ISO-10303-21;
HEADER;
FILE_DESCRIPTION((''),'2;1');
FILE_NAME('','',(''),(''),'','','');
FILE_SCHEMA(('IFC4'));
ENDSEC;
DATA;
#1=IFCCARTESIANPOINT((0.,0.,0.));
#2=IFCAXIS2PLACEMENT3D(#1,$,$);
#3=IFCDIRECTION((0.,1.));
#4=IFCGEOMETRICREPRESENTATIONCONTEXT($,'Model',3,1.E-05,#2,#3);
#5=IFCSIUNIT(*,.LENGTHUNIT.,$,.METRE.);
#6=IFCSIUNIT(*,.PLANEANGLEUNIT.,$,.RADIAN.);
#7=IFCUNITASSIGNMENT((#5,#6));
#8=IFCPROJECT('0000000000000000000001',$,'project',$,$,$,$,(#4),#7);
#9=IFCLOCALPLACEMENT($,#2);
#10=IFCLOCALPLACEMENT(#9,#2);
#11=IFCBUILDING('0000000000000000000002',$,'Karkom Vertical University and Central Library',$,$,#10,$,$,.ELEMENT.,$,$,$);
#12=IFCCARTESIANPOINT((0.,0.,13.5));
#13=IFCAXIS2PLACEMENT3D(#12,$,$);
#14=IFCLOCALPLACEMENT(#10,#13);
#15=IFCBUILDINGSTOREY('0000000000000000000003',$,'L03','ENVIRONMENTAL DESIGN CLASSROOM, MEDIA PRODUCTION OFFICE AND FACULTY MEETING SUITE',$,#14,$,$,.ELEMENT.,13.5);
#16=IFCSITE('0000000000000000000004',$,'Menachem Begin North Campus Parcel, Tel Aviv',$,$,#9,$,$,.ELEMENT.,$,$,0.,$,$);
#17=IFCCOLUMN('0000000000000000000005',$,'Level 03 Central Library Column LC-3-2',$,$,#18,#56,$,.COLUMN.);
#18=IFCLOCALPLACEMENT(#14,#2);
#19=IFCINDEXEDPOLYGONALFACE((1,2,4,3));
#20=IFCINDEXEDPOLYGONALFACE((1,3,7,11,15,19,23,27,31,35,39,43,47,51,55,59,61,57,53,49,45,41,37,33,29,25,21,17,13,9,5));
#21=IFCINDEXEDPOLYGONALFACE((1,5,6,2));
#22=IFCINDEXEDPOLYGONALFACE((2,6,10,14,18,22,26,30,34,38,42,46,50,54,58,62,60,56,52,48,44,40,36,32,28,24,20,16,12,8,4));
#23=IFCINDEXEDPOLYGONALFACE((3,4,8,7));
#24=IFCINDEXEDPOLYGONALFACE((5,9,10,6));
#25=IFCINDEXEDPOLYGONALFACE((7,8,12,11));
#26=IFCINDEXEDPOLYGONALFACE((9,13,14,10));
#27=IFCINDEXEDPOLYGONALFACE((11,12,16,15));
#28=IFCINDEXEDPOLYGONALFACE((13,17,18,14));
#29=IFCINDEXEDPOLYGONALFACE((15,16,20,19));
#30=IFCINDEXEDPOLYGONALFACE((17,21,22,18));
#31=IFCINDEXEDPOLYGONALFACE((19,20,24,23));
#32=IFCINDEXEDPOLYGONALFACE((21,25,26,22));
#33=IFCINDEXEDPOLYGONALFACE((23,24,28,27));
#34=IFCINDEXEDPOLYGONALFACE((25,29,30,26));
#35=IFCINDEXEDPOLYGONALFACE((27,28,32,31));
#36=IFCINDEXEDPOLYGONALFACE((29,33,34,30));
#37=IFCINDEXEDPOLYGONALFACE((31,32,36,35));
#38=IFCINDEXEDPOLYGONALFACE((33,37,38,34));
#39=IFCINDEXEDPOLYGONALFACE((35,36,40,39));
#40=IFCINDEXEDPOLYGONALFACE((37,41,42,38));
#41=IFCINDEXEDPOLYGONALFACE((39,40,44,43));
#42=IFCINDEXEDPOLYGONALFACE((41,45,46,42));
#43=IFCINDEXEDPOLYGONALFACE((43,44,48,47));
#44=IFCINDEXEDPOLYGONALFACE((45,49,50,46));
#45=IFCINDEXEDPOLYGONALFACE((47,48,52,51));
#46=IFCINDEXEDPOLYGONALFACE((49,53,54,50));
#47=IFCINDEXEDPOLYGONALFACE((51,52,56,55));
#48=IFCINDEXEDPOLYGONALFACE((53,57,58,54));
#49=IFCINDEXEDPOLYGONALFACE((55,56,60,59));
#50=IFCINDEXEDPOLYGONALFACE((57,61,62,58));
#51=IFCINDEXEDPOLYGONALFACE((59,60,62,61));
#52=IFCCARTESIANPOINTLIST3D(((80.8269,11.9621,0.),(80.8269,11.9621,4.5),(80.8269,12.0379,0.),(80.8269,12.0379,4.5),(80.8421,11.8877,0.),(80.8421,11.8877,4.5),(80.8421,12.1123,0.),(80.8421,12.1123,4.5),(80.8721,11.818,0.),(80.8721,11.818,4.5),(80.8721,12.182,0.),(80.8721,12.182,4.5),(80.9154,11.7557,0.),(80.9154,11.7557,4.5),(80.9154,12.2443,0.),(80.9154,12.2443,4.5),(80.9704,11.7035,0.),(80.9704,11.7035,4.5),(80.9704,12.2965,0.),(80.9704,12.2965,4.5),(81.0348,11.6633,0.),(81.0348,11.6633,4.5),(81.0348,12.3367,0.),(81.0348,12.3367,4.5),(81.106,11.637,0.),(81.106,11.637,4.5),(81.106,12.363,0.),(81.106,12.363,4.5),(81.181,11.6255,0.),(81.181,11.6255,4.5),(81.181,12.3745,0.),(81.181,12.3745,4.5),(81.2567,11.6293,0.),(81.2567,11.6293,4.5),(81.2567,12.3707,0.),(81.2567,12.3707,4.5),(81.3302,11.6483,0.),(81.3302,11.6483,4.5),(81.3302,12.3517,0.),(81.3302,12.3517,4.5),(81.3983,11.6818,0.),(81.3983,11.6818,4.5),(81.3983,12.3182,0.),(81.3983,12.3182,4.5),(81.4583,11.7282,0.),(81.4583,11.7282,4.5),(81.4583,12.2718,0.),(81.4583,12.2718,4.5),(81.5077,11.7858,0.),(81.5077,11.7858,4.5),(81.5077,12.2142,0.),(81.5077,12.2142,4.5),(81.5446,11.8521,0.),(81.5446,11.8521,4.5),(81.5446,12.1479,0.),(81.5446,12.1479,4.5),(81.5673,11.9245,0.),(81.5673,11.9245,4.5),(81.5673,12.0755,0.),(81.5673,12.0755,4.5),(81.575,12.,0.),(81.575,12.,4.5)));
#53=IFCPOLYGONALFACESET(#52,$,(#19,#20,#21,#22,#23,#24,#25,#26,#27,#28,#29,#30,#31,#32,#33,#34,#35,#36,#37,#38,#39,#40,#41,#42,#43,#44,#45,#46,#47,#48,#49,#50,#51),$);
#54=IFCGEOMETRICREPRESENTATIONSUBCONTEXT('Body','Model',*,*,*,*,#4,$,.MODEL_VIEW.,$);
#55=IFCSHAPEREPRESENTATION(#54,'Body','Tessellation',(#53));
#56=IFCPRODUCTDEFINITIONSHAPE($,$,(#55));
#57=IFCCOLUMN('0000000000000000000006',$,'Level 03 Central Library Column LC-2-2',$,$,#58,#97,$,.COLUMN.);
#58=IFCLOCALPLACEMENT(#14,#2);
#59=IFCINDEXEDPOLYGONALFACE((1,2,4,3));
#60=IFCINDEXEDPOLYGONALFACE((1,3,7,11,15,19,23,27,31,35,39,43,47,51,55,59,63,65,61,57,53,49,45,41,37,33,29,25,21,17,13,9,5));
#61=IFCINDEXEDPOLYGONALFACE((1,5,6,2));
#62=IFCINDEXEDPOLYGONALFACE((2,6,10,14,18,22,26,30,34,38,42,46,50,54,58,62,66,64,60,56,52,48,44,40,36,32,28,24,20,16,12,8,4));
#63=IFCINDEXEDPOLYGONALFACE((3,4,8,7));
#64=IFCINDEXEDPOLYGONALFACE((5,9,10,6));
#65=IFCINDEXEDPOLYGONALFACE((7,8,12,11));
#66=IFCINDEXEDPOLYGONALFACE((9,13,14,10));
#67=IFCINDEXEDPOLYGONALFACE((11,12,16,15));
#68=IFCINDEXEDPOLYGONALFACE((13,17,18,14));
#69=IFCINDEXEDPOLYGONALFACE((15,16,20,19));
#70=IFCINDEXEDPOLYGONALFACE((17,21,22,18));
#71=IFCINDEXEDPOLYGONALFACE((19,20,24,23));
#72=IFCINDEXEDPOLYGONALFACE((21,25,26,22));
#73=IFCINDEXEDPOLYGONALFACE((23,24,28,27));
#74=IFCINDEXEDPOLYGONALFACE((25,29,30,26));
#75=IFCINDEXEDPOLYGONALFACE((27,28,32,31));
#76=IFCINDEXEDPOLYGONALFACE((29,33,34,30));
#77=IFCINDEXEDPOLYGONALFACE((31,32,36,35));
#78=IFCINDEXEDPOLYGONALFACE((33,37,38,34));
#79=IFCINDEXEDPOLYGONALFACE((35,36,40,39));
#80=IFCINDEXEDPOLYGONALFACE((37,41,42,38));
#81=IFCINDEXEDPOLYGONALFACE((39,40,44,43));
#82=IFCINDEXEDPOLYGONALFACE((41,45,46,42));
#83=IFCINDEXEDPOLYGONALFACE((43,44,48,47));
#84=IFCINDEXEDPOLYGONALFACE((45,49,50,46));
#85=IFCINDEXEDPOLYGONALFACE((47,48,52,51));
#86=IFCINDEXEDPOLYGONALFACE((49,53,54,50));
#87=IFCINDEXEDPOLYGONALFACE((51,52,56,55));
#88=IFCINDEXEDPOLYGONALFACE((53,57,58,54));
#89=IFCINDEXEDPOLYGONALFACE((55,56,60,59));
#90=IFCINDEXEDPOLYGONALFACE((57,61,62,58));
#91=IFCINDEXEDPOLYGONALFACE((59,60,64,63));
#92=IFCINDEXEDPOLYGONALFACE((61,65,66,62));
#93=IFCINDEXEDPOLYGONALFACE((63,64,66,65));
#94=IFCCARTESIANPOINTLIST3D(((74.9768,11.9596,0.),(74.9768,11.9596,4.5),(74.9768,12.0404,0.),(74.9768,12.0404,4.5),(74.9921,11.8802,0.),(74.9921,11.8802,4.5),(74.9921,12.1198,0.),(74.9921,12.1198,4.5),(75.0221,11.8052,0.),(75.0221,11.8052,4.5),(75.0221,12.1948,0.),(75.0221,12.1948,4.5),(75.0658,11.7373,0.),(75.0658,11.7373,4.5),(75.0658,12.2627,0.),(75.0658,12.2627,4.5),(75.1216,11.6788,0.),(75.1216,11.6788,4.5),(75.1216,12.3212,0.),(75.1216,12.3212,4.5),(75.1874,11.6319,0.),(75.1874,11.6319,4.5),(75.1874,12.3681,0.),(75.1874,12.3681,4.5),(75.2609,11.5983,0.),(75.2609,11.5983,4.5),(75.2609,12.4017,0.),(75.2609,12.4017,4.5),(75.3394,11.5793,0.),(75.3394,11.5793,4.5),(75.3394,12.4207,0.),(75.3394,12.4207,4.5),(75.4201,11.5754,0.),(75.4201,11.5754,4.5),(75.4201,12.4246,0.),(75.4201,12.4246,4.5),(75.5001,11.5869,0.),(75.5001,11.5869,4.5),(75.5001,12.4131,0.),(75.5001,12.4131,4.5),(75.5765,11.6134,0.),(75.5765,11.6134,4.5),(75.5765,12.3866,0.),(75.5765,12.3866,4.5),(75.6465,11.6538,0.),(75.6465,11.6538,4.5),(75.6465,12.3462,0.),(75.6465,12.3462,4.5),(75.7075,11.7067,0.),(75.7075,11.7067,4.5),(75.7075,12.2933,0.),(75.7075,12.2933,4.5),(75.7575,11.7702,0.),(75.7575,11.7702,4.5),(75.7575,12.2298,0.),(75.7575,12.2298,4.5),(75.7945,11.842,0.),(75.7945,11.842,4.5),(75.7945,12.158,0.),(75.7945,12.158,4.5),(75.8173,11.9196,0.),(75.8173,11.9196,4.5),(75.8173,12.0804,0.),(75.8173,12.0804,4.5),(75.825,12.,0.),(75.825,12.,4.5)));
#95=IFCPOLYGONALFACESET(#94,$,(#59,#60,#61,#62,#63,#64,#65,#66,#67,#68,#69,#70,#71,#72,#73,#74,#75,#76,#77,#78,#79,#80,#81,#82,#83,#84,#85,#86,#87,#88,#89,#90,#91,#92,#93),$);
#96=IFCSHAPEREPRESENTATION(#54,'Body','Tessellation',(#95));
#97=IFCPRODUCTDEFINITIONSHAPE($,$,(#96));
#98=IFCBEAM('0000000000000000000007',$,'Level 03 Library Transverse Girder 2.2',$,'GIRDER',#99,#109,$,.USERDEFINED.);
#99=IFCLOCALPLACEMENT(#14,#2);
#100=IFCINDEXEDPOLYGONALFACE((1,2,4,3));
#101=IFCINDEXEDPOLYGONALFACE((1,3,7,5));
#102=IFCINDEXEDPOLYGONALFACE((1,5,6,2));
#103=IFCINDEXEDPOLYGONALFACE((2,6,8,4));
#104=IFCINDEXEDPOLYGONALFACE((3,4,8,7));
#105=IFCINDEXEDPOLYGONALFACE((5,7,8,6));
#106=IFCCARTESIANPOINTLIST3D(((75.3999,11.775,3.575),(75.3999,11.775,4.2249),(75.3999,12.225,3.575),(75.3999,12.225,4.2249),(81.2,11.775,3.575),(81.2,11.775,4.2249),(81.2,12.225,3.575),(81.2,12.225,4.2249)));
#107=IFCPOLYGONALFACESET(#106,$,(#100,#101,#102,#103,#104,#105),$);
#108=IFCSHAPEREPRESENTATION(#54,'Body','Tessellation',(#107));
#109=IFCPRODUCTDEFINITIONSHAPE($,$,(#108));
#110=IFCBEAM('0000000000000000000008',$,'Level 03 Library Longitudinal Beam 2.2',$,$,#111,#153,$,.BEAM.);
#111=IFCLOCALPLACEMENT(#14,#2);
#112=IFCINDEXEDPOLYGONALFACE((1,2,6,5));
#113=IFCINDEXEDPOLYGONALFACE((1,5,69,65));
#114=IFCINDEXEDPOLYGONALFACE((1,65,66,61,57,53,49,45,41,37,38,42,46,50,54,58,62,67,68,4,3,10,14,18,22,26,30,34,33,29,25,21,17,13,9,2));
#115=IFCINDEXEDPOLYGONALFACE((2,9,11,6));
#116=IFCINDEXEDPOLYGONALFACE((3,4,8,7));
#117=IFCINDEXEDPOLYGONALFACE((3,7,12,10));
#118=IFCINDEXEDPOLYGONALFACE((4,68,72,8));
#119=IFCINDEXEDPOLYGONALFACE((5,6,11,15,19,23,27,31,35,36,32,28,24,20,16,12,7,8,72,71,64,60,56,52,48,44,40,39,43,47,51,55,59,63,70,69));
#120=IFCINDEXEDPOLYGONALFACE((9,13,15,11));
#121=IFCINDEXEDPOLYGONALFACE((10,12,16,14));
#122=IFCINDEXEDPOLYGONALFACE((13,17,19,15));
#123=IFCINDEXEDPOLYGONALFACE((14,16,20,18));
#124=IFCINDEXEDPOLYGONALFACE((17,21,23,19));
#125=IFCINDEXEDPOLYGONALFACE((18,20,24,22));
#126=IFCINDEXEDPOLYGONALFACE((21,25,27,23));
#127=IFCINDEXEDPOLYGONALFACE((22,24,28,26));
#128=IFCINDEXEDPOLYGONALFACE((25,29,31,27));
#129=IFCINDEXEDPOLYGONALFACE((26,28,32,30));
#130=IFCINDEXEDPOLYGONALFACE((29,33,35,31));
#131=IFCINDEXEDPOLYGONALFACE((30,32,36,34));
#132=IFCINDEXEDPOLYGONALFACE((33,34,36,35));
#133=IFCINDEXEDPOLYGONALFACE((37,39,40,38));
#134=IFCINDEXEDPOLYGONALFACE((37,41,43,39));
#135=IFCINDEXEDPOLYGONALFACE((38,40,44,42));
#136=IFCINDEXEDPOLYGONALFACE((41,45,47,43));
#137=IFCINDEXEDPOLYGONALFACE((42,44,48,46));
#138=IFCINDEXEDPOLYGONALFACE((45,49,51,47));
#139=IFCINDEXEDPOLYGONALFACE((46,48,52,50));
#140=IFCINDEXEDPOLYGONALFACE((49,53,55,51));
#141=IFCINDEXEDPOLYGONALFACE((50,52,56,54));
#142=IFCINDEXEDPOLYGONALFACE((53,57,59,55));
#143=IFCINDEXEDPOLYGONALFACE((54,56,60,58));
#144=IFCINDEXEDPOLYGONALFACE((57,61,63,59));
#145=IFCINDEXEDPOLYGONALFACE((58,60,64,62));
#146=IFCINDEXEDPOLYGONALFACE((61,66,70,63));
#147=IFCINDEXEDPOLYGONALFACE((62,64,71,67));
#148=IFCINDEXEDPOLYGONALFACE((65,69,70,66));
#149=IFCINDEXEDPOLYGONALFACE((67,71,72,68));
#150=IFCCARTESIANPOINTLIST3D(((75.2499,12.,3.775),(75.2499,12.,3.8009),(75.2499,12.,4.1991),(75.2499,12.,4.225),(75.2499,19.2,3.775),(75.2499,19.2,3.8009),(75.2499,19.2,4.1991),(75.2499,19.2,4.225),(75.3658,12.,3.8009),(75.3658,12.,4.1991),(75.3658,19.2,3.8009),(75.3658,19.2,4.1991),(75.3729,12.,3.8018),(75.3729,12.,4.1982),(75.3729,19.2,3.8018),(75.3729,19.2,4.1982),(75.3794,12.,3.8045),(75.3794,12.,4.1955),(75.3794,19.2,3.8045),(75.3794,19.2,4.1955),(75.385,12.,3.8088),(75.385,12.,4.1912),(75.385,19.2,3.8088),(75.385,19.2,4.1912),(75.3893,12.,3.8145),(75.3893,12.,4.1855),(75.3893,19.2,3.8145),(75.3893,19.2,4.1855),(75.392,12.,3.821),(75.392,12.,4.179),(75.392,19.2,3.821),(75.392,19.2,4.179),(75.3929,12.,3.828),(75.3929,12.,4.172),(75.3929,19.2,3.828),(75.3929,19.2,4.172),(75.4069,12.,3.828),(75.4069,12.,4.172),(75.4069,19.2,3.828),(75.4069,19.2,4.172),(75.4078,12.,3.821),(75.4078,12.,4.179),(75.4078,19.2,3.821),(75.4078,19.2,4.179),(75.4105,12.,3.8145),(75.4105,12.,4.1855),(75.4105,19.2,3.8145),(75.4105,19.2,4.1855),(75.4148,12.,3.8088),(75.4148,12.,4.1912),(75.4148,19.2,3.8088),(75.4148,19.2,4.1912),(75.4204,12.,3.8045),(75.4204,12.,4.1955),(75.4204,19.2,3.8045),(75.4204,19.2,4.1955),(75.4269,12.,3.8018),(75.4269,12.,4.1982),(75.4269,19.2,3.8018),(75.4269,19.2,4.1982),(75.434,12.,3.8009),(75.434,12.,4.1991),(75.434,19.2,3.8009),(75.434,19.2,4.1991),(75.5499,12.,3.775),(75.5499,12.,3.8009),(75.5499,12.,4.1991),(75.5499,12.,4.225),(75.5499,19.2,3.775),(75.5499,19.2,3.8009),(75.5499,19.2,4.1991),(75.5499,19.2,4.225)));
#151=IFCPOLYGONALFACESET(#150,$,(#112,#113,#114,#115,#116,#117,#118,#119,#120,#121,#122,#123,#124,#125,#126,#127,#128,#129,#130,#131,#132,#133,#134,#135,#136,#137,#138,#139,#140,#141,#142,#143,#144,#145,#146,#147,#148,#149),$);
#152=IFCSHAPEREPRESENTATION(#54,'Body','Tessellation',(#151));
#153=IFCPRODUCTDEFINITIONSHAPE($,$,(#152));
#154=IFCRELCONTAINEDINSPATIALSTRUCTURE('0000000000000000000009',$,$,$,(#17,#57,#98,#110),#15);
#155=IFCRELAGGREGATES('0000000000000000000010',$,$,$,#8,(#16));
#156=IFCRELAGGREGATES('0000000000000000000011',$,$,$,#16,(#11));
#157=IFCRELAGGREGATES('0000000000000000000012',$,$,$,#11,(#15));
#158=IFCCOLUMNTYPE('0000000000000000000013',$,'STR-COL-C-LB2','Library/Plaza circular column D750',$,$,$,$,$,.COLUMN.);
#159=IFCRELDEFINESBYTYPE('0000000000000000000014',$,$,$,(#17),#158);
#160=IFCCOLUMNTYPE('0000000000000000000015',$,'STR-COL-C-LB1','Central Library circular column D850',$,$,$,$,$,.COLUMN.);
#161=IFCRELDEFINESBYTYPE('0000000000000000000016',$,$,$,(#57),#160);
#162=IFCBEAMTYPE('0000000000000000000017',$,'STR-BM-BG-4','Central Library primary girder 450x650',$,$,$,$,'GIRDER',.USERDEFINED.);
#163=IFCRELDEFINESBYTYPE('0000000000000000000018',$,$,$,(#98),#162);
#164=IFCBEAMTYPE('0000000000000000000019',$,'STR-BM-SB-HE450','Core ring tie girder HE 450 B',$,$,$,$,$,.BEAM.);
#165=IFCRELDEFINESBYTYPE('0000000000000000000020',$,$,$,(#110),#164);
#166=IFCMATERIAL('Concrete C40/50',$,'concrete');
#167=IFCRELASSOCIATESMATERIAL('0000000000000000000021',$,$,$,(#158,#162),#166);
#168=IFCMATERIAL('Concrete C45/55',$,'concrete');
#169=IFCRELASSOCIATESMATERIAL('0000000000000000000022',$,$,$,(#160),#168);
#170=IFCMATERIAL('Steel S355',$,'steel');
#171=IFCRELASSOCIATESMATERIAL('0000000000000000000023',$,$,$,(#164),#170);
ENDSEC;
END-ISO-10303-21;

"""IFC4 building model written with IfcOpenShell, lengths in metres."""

from ifc_helpers import new_model, si_unit, direction, frame, origin, origin_with_axes, origin_2d, place, context, subcontext, project, spatial, rectangle, circle, i_section, extrude, source, transform, mapped, material, material_profile, profile_set, type_object, element, save


model = new_model("IFC4")

# Units and contexts
model_context = context("Model", 3, precision=1e-05, world=origin(), true_north=direction((0.0, 1.0)))
body_context = subcontext(model_context, "Body", "Model", "MODEL_VIEW")
ifc_project = project(units=[si_unit("LENGTHUNIT", "METRE"), si_unit("PLANEANGLEUNIT", "RADIAN")], contexts=[model_context])

# Site, building, storey
site_placement = place(None, origin())
site = spatial("IfcSite", under=ifc_project, at=site_placement, Name="Menachem Begin North Campus Parcel, Tel Aviv", CompositionType="ELEMENT", RefElevation=0.0)
building_placement = place(site_placement, origin())
building = spatial("IfcBuilding", under=site, at=building_placement, Name="Karkom Vertical University and Central Library", CompositionType="ELEMENT")
storey_placement = place(building_placement, frame((0.0, 0.0, 13.5)))
storey = spatial("IfcBuildingStorey", under=building, at=storey_placement, Name="L03", Description="ENVIRONMENTAL DESIGN CLASSROOM, MEDIA PRODUCTION OFFICE AND FACULTY MEETING SUITE", CompositionType="ELEMENT", Elevation=13.5)

# Columns
ifc_material_1 = material(Name="Concrete C40/50", Category="concrete")
ifc_material_profile_1 = material_profile(ifc_material_1, circle(Radius=0.375, at=origin_2d()), Name="RC-D750")
ifc_profile_set_1 = profile_set([ifc_material_profile_1], Name="Concrete C40/50")
column_type_1 = type_object("IfcColumnType", Name="STR-COL-C-LB2", Description="Library/Plaza circular column D750", PredefinedType="COLUMN", material=ifc_profile_set_1)
shared_shape_1 = source(origin_with_axes(), body_context, "Body", "SweptSolid", [
    extrude(circle(Radius=0.375, at=origin_2d()), origin(), (0.0, 0.0, 1.0), 4.5),
])
column_1_placement = place(storey_placement, frame((81.2, 12.0, 0.0), z_axis=(0.0, 0.0, 1.0), x_axis=(1.0, 0.0, 0.0)))
element("IfcColumn", 1, at=column_1_placement, inside=storey, type_object=column_type_1, Name="Level 03 Central Library Column LC-3-2", PredefinedType="COLUMN", context=body_context, shape_type="MappedRepresentation", body=[
    mapped(shared_shape_1, transform((0.0, 0.0, 0.0), scale=1.0)),
])
ifc_material_2 = material(Name="Concrete C45/55", Category="concrete")
ifc_material_profile_2 = material_profile(ifc_material_2, circle(Radius=0.425, at=origin_2d()), Name="RC-D850")
ifc_profile_set_2 = profile_set([ifc_material_profile_2], Name="Concrete C45/55")
column_type_2 = type_object("IfcColumnType", Name="STR-COL-C-LB1", Description="Central Library circular column D850", PredefinedType="COLUMN", material=ifc_profile_set_2)
shared_shape_2 = source(origin_with_axes(), body_context, "Body", "SweptSolid", [
    extrude(circle(Radius=0.425, at=origin_2d()), origin(), (0.0, 0.0, 1.0), 4.5),
])
column_2_placement = place(storey_placement, frame((75.3999, 12.0, 0.0), z_axis=(0.0, 0.0, 1.0), x_axis=(1.0, 0.0, 0.0)))
element("IfcColumn", 2, at=column_2_placement, inside=storey, type_object=column_type_2, Name="Level 03 Central Library Column LC-2-2", PredefinedType="COLUMN", context=body_context, shape_type="MappedRepresentation", body=[
    mapped(shared_shape_2, transform((0.0, 0.0, 0.0), scale=1.0)),
])

# Beams
ifc_material_profile_3 = material_profile(ifc_material_1, rectangle(XDim=0.45, YDim=0.6499, at=origin_2d()), Name="RCB-450x650")
ifc_profile_set_3 = profile_set([ifc_material_profile_3], Name="Concrete C40/50")
beam_type_1 = type_object("IfcBeamType", Name="STR-BM-BG-4", Description="Central Library primary girder 450x650", ElementType="GIRDER", PredefinedType="USERDEFINED", material=ifc_profile_set_3)
shared_shape_3 = source(origin_with_axes(), body_context, "Body", "SweptSolid", [
    extrude(rectangle(XDim=0.45, YDim=0.6499, at=origin_2d()), origin(), (0.0, 0.0, 1.0), 5.8),
])
beam_placement = place(storey_placement, frame((75.3999, 12.0, 3.8999), z_axis=(1.0, 0.0, 0.0), x_axis=(0.0, 1.0, 0.0)))
element("IfcBeam", 3, at=beam_placement, inside=storey, type_object=beam_type_1, Name="Level 03 Library Transverse Girder 2.2", ObjectType="GIRDER", PredefinedType="USERDEFINED", context=body_context, shape_type="MappedRepresentation", body=[
    mapped(shared_shape_3, transform((0.0, 0.0, 0.0), scale=1.0)),
])
ifc_material_3 = material(Name="Steel S355", Category="steel")
ifc_material_profile_4 = material_profile(ifc_material_3, i_section(OverallWidth=0.3, OverallDepth=0.45, WebThickness=0.0139, FlangeThickness=0.0259, FilletRadius=0.0271, at=origin_2d()), Name="HE 450 B")
ifc_profile_set_4 = profile_set([ifc_material_profile_4], Name="Steel S355")
beam_type_2 = type_object("IfcBeamType", Name="STR-BM-SB-HE450", Description="Core ring tie girder HE 450 B", PredefinedType="BEAM", material=ifc_profile_set_4)
shared_shape_4 = source(origin_with_axes(), body_context, "Body", "SweptSolid", [
    extrude(i_section(OverallWidth=0.3, OverallDepth=0.45, WebThickness=0.0139, FlangeThickness=0.0259, FilletRadius=0.0271, at=origin_2d()), origin(), (0.0, 0.0, 1.0), 7.2),
])
for number, where, z_axis, x_axis, name in (
    (4, (75.3999, 12.0, 4.0), (0.0, 1.0, 0.0), (-1.0, 0.0, 0.0), "Level 03 Library Longitudinal Beam 2.2"),
):
    element("IfcBeam", number, at=place(storey_placement, frame(where, z_axis=z_axis, x_axis=x_axis)), inside=storey, type_object=beam_type_2, Name=name, PredefinedType="BEAM", context=body_context, shape_type="MappedRepresentation", body=[
        mapped(shared_shape_4, transform((0.0, 0.0, 0.0), scale=1.0)),
    ])

save(model, "model.ifc")
